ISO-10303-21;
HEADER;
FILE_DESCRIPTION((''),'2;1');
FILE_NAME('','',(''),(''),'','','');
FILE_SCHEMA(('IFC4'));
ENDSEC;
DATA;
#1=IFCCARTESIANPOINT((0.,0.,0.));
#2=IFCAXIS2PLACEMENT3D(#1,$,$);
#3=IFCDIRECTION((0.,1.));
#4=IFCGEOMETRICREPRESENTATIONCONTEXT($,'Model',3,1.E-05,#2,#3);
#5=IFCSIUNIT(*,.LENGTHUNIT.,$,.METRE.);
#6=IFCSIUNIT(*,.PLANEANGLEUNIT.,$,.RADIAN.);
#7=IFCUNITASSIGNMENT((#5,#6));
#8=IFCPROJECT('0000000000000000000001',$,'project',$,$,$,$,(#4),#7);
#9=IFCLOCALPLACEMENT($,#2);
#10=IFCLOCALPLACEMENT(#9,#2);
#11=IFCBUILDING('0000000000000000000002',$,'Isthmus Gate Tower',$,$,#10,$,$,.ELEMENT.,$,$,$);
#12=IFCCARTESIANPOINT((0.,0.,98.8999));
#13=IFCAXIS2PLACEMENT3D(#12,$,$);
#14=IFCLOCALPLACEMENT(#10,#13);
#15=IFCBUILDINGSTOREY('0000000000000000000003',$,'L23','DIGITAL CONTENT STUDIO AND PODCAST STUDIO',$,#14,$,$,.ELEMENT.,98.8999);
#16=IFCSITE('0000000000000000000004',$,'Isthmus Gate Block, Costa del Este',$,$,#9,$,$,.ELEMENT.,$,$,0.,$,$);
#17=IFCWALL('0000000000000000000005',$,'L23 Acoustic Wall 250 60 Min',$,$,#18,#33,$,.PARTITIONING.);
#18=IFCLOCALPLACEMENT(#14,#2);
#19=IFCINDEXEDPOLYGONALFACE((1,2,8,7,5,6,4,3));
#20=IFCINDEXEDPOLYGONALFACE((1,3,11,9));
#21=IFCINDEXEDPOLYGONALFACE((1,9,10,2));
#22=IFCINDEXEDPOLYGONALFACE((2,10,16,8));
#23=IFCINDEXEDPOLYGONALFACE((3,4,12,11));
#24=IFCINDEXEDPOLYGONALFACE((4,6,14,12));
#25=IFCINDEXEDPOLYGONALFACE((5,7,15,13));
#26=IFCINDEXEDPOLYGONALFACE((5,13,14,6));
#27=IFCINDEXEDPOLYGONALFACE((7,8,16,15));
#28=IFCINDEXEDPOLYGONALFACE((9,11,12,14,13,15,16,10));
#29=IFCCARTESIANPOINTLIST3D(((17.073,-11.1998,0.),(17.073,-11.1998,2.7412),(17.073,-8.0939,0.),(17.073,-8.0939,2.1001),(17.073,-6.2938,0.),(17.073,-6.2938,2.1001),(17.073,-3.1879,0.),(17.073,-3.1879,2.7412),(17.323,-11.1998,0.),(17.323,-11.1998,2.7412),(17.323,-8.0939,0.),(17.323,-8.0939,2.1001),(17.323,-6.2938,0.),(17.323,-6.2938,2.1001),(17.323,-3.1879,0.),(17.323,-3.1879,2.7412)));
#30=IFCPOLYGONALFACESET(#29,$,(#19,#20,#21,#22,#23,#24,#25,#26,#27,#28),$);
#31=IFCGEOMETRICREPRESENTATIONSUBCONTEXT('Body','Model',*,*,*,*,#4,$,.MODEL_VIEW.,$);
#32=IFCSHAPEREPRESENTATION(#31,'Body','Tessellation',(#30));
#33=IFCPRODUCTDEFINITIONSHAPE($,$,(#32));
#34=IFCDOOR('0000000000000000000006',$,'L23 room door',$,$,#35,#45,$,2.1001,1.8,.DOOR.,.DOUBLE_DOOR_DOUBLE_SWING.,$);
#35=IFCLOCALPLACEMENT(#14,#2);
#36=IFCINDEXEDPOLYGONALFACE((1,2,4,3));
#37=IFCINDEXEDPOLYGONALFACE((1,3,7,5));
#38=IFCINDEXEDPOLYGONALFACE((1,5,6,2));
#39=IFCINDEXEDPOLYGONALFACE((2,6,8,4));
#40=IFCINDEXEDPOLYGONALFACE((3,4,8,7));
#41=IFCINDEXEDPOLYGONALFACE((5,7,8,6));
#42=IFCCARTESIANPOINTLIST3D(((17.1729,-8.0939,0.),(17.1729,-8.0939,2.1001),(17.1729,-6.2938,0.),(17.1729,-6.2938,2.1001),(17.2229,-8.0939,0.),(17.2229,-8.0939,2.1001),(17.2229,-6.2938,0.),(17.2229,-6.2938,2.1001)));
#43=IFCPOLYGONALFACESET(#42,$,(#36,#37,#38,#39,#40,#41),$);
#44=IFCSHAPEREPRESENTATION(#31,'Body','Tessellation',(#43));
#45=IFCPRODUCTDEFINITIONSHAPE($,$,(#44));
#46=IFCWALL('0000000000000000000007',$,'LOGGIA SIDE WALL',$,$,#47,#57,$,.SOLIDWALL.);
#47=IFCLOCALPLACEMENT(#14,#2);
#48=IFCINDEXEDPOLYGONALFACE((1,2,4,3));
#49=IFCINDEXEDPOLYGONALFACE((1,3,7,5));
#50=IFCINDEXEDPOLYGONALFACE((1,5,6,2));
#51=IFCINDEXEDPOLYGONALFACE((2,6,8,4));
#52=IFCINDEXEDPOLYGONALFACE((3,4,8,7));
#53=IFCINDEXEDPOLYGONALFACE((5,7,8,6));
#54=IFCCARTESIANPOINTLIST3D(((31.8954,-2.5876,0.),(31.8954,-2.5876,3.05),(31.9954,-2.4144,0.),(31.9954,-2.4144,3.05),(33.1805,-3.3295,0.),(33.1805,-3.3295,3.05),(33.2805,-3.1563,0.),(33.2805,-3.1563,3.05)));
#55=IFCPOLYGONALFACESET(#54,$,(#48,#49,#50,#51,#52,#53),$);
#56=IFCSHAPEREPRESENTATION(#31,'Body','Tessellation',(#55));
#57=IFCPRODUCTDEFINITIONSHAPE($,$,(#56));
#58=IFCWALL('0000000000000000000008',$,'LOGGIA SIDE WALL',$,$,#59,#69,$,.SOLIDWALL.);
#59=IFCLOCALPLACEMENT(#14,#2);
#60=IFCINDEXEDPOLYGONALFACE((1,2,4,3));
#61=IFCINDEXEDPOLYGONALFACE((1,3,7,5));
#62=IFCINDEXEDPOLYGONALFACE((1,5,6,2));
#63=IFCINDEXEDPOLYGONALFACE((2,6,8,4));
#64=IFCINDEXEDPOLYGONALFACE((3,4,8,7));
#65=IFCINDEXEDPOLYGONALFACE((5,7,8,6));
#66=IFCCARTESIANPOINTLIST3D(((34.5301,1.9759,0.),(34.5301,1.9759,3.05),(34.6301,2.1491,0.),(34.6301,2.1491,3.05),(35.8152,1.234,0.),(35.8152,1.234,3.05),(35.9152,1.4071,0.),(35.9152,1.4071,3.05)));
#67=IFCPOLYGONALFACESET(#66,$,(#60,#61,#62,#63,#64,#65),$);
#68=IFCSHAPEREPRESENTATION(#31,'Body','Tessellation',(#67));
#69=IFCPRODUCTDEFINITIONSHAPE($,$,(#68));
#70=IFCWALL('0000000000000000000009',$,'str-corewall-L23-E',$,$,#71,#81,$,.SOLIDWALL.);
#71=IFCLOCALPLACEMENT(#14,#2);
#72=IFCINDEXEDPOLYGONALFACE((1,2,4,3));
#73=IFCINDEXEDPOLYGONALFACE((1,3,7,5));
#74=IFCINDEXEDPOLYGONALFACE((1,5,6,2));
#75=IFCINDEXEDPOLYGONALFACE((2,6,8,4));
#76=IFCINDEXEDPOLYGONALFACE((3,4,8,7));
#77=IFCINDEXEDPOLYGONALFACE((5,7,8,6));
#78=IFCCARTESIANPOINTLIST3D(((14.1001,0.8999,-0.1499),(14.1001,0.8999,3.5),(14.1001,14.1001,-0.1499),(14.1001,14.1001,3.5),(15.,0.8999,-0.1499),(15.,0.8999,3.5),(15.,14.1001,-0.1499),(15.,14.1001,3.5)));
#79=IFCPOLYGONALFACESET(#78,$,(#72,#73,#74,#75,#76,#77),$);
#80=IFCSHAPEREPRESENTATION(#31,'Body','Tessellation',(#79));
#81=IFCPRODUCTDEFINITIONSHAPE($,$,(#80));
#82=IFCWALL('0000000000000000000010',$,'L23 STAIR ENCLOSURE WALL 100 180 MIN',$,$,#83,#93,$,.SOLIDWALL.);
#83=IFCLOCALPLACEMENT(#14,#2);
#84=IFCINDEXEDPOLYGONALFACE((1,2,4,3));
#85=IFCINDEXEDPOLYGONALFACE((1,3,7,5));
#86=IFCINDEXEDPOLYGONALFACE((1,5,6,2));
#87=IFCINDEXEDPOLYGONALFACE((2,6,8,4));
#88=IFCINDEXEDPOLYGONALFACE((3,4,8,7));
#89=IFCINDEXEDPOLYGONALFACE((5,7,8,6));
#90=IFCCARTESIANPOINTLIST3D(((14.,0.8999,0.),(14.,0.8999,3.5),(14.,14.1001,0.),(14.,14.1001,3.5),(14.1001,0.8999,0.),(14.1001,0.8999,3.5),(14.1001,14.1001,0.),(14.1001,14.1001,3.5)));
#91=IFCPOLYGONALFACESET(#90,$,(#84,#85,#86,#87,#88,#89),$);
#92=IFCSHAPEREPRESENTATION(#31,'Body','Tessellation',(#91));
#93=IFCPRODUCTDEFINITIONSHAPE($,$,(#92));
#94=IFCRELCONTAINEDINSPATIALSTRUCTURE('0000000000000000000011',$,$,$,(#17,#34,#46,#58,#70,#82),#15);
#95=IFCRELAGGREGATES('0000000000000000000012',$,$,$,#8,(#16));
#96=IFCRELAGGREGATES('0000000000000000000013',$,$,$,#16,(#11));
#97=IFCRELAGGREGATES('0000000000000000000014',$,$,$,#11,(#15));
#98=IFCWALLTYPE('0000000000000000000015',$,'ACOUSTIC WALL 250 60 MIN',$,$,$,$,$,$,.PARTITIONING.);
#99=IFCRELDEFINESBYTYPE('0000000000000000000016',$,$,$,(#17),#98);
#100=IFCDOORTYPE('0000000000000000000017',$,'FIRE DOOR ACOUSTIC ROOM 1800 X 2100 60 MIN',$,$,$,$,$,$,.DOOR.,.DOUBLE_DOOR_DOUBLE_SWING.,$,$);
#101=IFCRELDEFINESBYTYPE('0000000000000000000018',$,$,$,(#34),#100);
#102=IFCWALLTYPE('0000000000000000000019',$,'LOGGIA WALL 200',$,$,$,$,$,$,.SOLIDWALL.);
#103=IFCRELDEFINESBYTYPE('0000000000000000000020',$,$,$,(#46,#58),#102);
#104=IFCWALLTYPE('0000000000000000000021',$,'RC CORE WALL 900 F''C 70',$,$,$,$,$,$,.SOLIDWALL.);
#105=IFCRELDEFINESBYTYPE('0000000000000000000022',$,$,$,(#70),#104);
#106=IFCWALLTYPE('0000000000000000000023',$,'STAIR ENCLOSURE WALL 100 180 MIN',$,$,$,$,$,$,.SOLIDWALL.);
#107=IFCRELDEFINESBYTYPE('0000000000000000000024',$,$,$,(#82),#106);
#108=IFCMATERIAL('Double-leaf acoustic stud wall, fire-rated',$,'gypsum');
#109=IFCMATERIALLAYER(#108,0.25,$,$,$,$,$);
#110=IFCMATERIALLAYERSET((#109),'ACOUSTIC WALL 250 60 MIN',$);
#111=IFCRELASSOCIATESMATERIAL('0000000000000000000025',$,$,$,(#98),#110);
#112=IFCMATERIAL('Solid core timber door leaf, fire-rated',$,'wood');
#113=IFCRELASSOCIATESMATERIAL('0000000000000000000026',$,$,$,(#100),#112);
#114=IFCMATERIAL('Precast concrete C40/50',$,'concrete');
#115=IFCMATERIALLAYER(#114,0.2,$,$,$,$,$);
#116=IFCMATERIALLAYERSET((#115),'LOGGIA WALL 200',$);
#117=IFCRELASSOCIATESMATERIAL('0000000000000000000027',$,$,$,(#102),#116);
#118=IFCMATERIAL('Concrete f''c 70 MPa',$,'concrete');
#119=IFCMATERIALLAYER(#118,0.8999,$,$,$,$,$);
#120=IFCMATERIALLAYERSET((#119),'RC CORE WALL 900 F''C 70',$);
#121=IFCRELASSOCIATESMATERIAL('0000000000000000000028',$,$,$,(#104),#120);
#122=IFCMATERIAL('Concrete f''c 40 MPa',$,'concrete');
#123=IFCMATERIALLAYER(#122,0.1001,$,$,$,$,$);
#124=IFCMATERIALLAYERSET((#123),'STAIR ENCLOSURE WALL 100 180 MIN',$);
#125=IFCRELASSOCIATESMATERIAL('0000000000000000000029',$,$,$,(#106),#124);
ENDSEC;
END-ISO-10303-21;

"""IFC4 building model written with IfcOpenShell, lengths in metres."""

from ifc_helpers import new_model, si_unit, direction, frame, frame_2d, origin, place, context, subcontext, project, spatial, rectangle, extrude, material, layer, layer_set, type_object, element, fill, save


model = new_model("IFC4")

# Units and contexts
model_context = context("Model", 3, precision=1e-05, world=origin(), true_north=direction((0.0, 1.0)))
body_context = subcontext(model_context, "Body", "Model", "MODEL_VIEW")
ifc_project = project(units=[si_unit("LENGTHUNIT", "METRE"), si_unit("PLANEANGLEUNIT", "RADIAN")], contexts=[model_context])

# Site, building, storey
site_placement = place(None, origin())
site = spatial("IfcSite", under=ifc_project, at=site_placement, Name="Isthmus Gate Block, Costa del Este", CompositionType="ELEMENT", RefElevation=0.0)
building_placement = place(site_placement, origin())
building = spatial("IfcBuilding", under=site, at=building_placement, Name="Isthmus Gate Tower", CompositionType="ELEMENT")
storey_placement = place(building_placement, frame((0.0, 0.0, 98.8999)))
storey = spatial("IfcBuildingStorey", under=building, at=storey_placement, Name="L23", Description="DIGITAL CONTENT STUDIO AND PODCAST STUDIO", CompositionType="ELEMENT", Elevation=98.8999)

# Wall, opening, door
ifc_material_1 = material(Name="Double-leaf acoustic stud wall, fire-rated", Category="gypsum")
ifc_layer_1 = layer(ifc_material_1, 0.25)
ifc_layer_set_1 = layer_set([ifc_layer_1], Name="ACOUSTIC WALL 250 60 MIN")
wall_type_1 = type_object("IfcWallType", Name="ACOUSTIC WALL 250 60 MIN", PredefinedType="PARTITIONING", material=ifc_layer_set_1)
ifc_material_2 = material(Name="Solid core timber door leaf, fire-rated", Category="wood")
door_type_1 = type_object("IfcDoorType", Name="FIRE DOOR ACOUSTIC ROOM 1800 X 2100 60 MIN", OperationType="DOUBLE_DOOR_DOUBLE_SWING", PredefinedType="DOOR", material=ifc_material_2)
wall_1_placement = place(storey_placement, frame((17.198, -3.188, 0.0), z_axis=(0.0, 0.0, 1.0), x_axis=(0.0, -1.0, 0.0)))
wall_1 = element("IfcWall", 1, at=wall_1_placement, inside=storey, type_object=wall_type_1, Name="L23 Acoustic Wall 250 60 Min", PredefinedType="PARTITIONING", context=body_context, shape_type="SweptSolid", body=[
    extrude(rectangle(XDim=8.012, YDim=0.25, at=frame_2d((4.0059, 0.0))), origin(), (0.0, 0.0, 1.0), 2.7412),
])
opening_1_placement = place(wall_1_placement, frame((3.106, 0.0, 0.0)))
opening_1 = element("IfcOpeningElement", 2, at=opening_1_placement, cuts=wall_1, PredefinedType="OPENING", context=body_context, shape_type="SweptSolid", body=[
    extrude(rectangle(XDim=1.8, YDim=2.1001, at=frame_2d((0.8999, 1.05))), frame((0.0, 0.135, 0.0), z_axis=(0.0, -1.0, 0.0), x_axis=(1.0, 0.0, 0.0)), (0.0, 0.0, 1.0), 0.27),
])
door_1_placement = place(opening_1_placement, origin())
door_1 = element("IfcDoor", 3, at=door_1_placement, inside=storey, type_object=door_type_1, Name="L23 room door", OperationType="DOUBLE_DOOR_DOUBLE_SWING", OverallHeight=2.1001, OverallWidth=1.8, PredefinedType="DOOR", context=body_context, shape_type="SweptSolid", body=[
    extrude(rectangle(XDim=1.8, YDim=2.1001, at=frame_2d((0.8999, 1.05))), frame((0.0, 0.0249, 0.0), z_axis=(0.0, -1.0, 0.0), x_axis=(1.0, 0.0, 0.0)), (0.0, 0.0, 1.0), 0.05),
])
fill(opening_1, door_1)
ifc_material_3 = material(Name="Precast concrete C40/50", Category="concrete")
ifc_layer_2 = layer(ifc_material_3, 0.2)
ifc_layer_set_2 = layer_set([ifc_layer_2], Name="LOGGIA WALL 200")
wall_type_2 = type_object("IfcWallType", Name="LOGGIA WALL 200", PredefinedType="SOLIDWALL", material=ifc_layer_set_2)

# Walls
for number, where, z_axis, x_axis, name in (
    (4, (33.2305, -3.2429, 0.0), (0.0, 0.0, 1.0), (-0.866038, 0.499979, 0.0), "LOGGIA SIDE WALL"),
    (5, (35.8652, 1.3206, 0.0), (0.0, 0.0, 1.0), (-0.866038, 0.499979, 0.0), "LOGGIA SIDE WALL"),
):
    element("IfcWall", number, at=place(storey_placement, frame(where, z_axis=z_axis, x_axis=x_axis)), inside=storey, type_object=wall_type_2, Name=name, PredefinedType="SOLIDWALL", context=body_context, shape_type="SweptSolid", body=[
        extrude(rectangle(XDim=1.4839, YDim=0.2, at=frame_2d((0.7419, 0.0))), origin(), (0.0, 0.0, 1.0), 3.05),
    ])
ifc_material_4 = material(Name="Concrete f'c 70 MPa", Category="concrete")
ifc_layer_3 = layer(ifc_material_4, 0.8999)
ifc_layer_set_3 = layer_set([ifc_layer_3], Name="RC CORE WALL 900 F'C 70")
wall_type_3 = type_object("IfcWallType", Name="RC CORE WALL 900 F'C 70", PredefinedType="SOLIDWALL", material=ifc_layer_set_3)
wall_2_placement = place(storey_placement, frame((14.55, 0.8999, -0.1499), z_axis=(0.0, 0.0, 1.0), x_axis=(0.0, 1.0, 0.0)))
element("IfcWall", 6, at=wall_2_placement, inside=storey, type_object=wall_type_3, Name="str-corewall-L23-E", PredefinedType="SOLIDWALL", context=body_context, shape_type="SweptSolid", body=[
    extrude(rectangle(XDim=13.2002, YDim=0.8999, at=frame_2d((6.6001, 0.0))), origin(), (0.0, 0.0, 1.0), 3.6499),
])
ifc_material_5 = material(Name="Concrete f'c 40 MPa", Category="concrete")
ifc_layer_4 = layer(ifc_material_5, 0.1001)
ifc_layer_set_4 = layer_set([ifc_layer_4], Name="STAIR ENCLOSURE WALL 100 180 MIN")
wall_type_4 = type_object("IfcWallType", Name="STAIR ENCLOSURE WALL 100 180 MIN", PredefinedType="SOLIDWALL", material=ifc_layer_set_4)
wall_3_placement = place(storey_placement, frame((14.05, 0.8999, 0.0), z_axis=(0.0, 0.0, 1.0), x_axis=(0.0, 1.0, 0.0)))
element("IfcWall", 7, at=wall_3_placement, inside=storey, type_object=wall_type_4, Name="L23 STAIR ENCLOSURE WALL 100 180 MIN", PredefinedType="SOLIDWALL", context=body_context, shape_type="SweptSolid", body=[
    extrude(rectangle(XDim=13.2002, YDim=0.1001, at=frame_2d((6.6001, 0.0))), origin(), (0.0, 0.0, 1.0), 3.5),
])

save(model, "model.ifc")
